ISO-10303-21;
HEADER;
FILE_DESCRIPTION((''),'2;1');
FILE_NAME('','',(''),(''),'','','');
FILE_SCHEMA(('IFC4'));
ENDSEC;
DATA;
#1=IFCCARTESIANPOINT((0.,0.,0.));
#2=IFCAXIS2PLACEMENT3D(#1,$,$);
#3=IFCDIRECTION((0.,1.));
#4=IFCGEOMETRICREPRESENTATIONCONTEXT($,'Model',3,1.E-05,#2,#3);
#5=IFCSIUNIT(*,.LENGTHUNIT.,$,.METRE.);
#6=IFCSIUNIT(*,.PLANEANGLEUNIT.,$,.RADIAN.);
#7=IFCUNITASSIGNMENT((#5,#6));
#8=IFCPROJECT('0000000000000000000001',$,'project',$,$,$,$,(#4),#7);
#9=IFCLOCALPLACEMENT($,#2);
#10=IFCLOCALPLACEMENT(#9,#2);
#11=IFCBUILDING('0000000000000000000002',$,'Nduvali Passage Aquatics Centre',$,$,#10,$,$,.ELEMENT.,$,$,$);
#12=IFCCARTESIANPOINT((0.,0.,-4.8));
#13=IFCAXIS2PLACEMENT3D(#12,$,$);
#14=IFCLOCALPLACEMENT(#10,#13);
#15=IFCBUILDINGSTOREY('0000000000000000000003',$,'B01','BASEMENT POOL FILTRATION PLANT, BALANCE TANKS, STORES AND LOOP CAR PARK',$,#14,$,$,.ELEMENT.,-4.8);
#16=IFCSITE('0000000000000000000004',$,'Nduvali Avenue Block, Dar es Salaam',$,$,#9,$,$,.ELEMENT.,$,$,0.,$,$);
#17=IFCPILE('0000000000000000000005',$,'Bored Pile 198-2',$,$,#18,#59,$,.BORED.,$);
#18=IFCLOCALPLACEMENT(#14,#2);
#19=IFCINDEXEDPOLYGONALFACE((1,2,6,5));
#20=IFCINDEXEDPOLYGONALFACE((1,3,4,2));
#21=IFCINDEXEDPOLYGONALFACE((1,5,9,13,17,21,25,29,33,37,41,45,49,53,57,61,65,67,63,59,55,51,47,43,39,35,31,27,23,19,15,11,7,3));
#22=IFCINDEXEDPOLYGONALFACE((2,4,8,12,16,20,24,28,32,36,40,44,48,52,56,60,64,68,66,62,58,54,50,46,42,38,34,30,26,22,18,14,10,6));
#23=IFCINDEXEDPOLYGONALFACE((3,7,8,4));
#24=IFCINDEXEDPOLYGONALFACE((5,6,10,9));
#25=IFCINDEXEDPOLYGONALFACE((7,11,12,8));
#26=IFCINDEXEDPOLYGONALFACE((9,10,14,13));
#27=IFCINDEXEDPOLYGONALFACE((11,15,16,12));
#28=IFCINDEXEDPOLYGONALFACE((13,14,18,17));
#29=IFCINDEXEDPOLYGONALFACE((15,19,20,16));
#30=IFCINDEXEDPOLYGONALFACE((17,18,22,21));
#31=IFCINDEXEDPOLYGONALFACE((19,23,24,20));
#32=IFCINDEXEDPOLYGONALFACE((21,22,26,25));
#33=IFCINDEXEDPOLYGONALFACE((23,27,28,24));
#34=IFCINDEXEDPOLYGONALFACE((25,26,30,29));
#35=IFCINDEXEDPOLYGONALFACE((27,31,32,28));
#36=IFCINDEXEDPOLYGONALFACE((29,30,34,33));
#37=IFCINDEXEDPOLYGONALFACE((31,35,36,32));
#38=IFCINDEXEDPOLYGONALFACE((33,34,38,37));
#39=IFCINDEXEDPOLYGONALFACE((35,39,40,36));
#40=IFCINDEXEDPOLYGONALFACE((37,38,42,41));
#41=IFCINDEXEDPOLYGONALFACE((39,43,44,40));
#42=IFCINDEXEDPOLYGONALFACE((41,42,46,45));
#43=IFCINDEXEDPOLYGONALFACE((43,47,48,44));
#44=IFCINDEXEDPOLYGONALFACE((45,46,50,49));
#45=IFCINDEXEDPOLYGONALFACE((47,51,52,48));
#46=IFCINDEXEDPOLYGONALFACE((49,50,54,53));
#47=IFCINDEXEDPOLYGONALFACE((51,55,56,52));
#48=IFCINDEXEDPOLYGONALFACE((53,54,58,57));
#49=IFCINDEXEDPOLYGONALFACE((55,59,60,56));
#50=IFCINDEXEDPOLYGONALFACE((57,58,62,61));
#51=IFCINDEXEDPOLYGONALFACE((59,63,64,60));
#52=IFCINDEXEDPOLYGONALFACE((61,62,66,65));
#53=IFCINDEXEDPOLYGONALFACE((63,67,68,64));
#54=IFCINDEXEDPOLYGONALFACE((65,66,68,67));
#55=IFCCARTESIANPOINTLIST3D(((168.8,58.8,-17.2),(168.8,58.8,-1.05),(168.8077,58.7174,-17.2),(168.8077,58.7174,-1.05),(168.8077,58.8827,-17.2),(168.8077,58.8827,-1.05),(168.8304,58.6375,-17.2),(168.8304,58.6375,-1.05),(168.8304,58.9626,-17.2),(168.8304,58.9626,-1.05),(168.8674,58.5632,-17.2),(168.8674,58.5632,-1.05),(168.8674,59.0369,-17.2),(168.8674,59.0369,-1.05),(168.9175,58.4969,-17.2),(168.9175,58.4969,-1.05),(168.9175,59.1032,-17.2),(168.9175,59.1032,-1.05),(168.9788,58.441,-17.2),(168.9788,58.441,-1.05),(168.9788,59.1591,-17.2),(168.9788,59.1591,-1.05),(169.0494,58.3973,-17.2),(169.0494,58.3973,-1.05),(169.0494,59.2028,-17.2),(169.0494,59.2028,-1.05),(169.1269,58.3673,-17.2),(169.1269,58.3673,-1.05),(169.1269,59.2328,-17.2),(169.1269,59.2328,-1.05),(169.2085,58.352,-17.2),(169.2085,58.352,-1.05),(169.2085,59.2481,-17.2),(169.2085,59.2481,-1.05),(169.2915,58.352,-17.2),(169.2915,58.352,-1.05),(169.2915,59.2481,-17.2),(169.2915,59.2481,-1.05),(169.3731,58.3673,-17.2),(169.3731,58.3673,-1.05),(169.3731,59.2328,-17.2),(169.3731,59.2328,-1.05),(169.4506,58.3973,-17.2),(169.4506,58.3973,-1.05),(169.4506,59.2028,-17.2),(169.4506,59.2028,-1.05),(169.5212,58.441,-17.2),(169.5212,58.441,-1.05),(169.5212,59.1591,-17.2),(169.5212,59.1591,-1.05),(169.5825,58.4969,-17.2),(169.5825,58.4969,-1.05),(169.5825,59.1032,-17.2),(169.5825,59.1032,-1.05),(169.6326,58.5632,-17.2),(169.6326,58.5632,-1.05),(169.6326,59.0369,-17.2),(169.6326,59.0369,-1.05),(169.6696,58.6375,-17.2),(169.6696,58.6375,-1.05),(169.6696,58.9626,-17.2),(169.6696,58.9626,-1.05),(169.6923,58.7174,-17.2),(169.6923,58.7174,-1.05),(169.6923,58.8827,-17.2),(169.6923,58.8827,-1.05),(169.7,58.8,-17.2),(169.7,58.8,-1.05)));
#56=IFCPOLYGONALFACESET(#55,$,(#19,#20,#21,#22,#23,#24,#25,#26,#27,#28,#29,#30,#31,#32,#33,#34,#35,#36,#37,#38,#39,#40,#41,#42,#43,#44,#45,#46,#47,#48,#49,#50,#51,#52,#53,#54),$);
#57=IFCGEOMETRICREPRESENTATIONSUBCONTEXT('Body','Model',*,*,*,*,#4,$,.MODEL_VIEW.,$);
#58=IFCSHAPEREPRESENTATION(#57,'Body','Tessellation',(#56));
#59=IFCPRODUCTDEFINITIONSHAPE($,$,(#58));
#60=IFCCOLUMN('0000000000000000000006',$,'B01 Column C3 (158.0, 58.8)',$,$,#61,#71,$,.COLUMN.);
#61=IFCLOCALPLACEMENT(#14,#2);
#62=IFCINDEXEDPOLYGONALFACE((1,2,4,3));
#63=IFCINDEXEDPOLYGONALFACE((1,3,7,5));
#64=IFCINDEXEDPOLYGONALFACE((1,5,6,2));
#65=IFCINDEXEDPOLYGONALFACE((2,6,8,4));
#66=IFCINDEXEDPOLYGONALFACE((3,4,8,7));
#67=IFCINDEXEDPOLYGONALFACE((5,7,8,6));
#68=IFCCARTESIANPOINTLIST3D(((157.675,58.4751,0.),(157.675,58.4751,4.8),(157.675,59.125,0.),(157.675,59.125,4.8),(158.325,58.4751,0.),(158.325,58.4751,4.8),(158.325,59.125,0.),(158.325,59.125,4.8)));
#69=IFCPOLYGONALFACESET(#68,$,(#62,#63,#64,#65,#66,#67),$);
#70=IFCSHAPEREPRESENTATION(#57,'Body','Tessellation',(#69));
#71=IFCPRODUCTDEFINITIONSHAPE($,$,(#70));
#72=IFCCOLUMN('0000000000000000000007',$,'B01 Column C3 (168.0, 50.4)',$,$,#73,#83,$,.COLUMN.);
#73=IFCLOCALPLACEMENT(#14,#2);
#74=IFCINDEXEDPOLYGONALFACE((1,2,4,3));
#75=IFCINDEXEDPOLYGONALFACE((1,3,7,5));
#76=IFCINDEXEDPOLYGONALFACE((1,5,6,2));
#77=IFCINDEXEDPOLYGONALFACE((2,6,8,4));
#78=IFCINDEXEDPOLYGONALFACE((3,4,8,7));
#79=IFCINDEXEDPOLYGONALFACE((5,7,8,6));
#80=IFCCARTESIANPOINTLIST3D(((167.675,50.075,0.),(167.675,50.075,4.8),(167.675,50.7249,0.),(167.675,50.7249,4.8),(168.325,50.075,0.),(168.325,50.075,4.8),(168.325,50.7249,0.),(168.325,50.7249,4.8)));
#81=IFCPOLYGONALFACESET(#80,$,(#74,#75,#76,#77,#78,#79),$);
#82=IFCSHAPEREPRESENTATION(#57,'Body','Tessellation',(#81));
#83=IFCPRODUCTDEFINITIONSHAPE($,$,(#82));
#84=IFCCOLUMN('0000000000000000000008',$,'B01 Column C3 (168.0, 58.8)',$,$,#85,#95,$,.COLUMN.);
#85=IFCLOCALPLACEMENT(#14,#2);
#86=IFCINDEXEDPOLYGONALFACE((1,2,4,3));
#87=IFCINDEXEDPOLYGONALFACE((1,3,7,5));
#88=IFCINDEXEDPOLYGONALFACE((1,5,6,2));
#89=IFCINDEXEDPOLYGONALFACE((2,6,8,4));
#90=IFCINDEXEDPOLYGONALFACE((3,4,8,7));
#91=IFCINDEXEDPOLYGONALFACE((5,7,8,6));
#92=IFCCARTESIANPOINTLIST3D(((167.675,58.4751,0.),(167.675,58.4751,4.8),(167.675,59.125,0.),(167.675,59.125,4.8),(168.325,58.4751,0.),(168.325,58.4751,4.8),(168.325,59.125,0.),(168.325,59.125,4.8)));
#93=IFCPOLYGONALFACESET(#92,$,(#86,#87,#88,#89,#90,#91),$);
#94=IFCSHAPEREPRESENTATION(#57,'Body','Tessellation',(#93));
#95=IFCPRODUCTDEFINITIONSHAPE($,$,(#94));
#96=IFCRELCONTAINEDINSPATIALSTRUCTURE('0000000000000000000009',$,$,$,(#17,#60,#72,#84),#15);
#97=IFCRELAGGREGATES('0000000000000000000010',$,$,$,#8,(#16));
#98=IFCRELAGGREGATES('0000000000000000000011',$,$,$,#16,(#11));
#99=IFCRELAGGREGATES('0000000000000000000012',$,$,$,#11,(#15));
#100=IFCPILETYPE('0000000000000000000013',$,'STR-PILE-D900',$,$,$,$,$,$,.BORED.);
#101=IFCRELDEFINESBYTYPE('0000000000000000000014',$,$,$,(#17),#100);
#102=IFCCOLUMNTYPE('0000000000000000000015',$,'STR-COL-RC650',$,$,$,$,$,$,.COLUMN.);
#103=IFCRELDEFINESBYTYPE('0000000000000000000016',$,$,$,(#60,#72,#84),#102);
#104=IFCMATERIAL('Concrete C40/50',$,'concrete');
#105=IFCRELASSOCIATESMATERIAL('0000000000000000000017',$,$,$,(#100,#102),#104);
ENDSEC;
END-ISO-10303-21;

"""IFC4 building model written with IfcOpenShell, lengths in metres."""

from ifc_helpers import new_model, si_unit, direction, frame, origin, origin_2d, place, context, subcontext, project, spatial, rectangle, circle, extrude, material, material_profile, profile_set, type_object, element, save


model = new_model("IFC4")

# Units and contexts
model_context = context("Model", 3, precision=1e-05, world=origin(), true_north=direction((0.0, 1.0)))
body_context = subcontext(model_context, "Body", "Model", "MODEL_VIEW")
ifc_project = project(units=[si_unit("LENGTHUNIT", "METRE"), si_unit("PLANEANGLEUNIT", "RADIAN")], contexts=[model_context])

# Site, building, storey
site_placement = place(None, origin())
site = spatial("IfcSite", under=ifc_project, at=site_placement, Name="Nduvali Avenue Block, Dar es Salaam", CompositionType="ELEMENT", RefElevation=0.0)
building_placement = place(site_placement, origin())
building = spatial("IfcBuilding", under=site, at=building_placement, Name="Nduvali Passage Aquatics Centre", CompositionType="ELEMENT")
storey_placement = place(building_placement, frame((0.0, 0.0, -4.8)))
storey = spatial("IfcBuildingStorey", under=building, at=storey_placement, Name="B01", Description="BASEMENT POOL FILTRATION PLANT, BALANCE TANKS, STORES AND LOOP CAR PARK", CompositionType="ELEMENT", Elevation=-4.8)

# Shared definitions
ifc_material = material(Name="Concrete C40/50", Category="concrete")

# Pile
ifc_material_profile_1 = material_profile(ifc_material, circle(Radius=0.45, at=origin_2d()), Name="PILE D900")
ifc_profile_set_1 = profile_set([ifc_material_profile_1], Name="Concrete C40/50")
pile_type = type_object("IfcPileType", Name="STR-PILE-D900", PredefinedType="BORED", material=ifc_profile_set_1)
for number, where, z_axis, x_axis, name in (
    (1, (169.25, 58.8, -1.05), (0.0, 0.0, -1.0), (1.0, 0.0, 0.0), "Bored Pile 198-2"),
):
    element("IfcPile", number, at=place(storey_placement, frame(where, z_axis=z_axis, x_axis=x_axis)), inside=storey, type_object=pile_type, Name=name, PredefinedType="BORED", context=body_context, shape_type="SweptSolid", body=[
        extrude(circle(Radius=0.45, at=origin_2d()), origin(), (0.0, 0.0, 1.0), 16.1499),
    ])

# Columns
ifc_material_profile_2 = material_profile(ifc_material, rectangle(XDim=0.6499, YDim=0.6499, at=origin_2d()), Name="RC 650x650")
ifc_profile_set_2 = profile_set([ifc_material_profile_2], Name="Concrete C40/50")
column_type = type_object("IfcColumnType", Name="STR-COL-RC650", PredefinedType="COLUMN", material=ifc_profile_set_2)
for number, where, z_axis, x_axis, name in (
    (2, (158.0, 58.8, 0.0), (0.0, 0.0, 1.0), (1.0, 0.0, 0.0), "B01 Column C3 (158.0, 58.8)"),
    (3, (168.0, 50.3999, 0.0), (0.0, 0.0, 1.0), (1.0, 0.0, 0.0), "B01 Column C3 (168.0, 50.4)"),
    (4, (168.0, 58.8, 0.0), (0.0, 0.0, 1.0), (1.0, 0.0, 0.0), "B01 Column C3 (168.0, 58.8)"),
):
    element("IfcColumn", number, at=place(storey_placement, frame(where, z_axis=z_axis, x_axis=x_axis)), inside=storey, type_object=column_type, Name=name, PredefinedType="COLUMN", context=body_context, shape_type="SweptSolid", body=[
        extrude(rectangle(XDim=0.6499, YDim=0.6499, at=origin_2d()), origin(), (0.0, 0.0, 1.0), 4.8),
    ])

save(model, "model.ifc")
